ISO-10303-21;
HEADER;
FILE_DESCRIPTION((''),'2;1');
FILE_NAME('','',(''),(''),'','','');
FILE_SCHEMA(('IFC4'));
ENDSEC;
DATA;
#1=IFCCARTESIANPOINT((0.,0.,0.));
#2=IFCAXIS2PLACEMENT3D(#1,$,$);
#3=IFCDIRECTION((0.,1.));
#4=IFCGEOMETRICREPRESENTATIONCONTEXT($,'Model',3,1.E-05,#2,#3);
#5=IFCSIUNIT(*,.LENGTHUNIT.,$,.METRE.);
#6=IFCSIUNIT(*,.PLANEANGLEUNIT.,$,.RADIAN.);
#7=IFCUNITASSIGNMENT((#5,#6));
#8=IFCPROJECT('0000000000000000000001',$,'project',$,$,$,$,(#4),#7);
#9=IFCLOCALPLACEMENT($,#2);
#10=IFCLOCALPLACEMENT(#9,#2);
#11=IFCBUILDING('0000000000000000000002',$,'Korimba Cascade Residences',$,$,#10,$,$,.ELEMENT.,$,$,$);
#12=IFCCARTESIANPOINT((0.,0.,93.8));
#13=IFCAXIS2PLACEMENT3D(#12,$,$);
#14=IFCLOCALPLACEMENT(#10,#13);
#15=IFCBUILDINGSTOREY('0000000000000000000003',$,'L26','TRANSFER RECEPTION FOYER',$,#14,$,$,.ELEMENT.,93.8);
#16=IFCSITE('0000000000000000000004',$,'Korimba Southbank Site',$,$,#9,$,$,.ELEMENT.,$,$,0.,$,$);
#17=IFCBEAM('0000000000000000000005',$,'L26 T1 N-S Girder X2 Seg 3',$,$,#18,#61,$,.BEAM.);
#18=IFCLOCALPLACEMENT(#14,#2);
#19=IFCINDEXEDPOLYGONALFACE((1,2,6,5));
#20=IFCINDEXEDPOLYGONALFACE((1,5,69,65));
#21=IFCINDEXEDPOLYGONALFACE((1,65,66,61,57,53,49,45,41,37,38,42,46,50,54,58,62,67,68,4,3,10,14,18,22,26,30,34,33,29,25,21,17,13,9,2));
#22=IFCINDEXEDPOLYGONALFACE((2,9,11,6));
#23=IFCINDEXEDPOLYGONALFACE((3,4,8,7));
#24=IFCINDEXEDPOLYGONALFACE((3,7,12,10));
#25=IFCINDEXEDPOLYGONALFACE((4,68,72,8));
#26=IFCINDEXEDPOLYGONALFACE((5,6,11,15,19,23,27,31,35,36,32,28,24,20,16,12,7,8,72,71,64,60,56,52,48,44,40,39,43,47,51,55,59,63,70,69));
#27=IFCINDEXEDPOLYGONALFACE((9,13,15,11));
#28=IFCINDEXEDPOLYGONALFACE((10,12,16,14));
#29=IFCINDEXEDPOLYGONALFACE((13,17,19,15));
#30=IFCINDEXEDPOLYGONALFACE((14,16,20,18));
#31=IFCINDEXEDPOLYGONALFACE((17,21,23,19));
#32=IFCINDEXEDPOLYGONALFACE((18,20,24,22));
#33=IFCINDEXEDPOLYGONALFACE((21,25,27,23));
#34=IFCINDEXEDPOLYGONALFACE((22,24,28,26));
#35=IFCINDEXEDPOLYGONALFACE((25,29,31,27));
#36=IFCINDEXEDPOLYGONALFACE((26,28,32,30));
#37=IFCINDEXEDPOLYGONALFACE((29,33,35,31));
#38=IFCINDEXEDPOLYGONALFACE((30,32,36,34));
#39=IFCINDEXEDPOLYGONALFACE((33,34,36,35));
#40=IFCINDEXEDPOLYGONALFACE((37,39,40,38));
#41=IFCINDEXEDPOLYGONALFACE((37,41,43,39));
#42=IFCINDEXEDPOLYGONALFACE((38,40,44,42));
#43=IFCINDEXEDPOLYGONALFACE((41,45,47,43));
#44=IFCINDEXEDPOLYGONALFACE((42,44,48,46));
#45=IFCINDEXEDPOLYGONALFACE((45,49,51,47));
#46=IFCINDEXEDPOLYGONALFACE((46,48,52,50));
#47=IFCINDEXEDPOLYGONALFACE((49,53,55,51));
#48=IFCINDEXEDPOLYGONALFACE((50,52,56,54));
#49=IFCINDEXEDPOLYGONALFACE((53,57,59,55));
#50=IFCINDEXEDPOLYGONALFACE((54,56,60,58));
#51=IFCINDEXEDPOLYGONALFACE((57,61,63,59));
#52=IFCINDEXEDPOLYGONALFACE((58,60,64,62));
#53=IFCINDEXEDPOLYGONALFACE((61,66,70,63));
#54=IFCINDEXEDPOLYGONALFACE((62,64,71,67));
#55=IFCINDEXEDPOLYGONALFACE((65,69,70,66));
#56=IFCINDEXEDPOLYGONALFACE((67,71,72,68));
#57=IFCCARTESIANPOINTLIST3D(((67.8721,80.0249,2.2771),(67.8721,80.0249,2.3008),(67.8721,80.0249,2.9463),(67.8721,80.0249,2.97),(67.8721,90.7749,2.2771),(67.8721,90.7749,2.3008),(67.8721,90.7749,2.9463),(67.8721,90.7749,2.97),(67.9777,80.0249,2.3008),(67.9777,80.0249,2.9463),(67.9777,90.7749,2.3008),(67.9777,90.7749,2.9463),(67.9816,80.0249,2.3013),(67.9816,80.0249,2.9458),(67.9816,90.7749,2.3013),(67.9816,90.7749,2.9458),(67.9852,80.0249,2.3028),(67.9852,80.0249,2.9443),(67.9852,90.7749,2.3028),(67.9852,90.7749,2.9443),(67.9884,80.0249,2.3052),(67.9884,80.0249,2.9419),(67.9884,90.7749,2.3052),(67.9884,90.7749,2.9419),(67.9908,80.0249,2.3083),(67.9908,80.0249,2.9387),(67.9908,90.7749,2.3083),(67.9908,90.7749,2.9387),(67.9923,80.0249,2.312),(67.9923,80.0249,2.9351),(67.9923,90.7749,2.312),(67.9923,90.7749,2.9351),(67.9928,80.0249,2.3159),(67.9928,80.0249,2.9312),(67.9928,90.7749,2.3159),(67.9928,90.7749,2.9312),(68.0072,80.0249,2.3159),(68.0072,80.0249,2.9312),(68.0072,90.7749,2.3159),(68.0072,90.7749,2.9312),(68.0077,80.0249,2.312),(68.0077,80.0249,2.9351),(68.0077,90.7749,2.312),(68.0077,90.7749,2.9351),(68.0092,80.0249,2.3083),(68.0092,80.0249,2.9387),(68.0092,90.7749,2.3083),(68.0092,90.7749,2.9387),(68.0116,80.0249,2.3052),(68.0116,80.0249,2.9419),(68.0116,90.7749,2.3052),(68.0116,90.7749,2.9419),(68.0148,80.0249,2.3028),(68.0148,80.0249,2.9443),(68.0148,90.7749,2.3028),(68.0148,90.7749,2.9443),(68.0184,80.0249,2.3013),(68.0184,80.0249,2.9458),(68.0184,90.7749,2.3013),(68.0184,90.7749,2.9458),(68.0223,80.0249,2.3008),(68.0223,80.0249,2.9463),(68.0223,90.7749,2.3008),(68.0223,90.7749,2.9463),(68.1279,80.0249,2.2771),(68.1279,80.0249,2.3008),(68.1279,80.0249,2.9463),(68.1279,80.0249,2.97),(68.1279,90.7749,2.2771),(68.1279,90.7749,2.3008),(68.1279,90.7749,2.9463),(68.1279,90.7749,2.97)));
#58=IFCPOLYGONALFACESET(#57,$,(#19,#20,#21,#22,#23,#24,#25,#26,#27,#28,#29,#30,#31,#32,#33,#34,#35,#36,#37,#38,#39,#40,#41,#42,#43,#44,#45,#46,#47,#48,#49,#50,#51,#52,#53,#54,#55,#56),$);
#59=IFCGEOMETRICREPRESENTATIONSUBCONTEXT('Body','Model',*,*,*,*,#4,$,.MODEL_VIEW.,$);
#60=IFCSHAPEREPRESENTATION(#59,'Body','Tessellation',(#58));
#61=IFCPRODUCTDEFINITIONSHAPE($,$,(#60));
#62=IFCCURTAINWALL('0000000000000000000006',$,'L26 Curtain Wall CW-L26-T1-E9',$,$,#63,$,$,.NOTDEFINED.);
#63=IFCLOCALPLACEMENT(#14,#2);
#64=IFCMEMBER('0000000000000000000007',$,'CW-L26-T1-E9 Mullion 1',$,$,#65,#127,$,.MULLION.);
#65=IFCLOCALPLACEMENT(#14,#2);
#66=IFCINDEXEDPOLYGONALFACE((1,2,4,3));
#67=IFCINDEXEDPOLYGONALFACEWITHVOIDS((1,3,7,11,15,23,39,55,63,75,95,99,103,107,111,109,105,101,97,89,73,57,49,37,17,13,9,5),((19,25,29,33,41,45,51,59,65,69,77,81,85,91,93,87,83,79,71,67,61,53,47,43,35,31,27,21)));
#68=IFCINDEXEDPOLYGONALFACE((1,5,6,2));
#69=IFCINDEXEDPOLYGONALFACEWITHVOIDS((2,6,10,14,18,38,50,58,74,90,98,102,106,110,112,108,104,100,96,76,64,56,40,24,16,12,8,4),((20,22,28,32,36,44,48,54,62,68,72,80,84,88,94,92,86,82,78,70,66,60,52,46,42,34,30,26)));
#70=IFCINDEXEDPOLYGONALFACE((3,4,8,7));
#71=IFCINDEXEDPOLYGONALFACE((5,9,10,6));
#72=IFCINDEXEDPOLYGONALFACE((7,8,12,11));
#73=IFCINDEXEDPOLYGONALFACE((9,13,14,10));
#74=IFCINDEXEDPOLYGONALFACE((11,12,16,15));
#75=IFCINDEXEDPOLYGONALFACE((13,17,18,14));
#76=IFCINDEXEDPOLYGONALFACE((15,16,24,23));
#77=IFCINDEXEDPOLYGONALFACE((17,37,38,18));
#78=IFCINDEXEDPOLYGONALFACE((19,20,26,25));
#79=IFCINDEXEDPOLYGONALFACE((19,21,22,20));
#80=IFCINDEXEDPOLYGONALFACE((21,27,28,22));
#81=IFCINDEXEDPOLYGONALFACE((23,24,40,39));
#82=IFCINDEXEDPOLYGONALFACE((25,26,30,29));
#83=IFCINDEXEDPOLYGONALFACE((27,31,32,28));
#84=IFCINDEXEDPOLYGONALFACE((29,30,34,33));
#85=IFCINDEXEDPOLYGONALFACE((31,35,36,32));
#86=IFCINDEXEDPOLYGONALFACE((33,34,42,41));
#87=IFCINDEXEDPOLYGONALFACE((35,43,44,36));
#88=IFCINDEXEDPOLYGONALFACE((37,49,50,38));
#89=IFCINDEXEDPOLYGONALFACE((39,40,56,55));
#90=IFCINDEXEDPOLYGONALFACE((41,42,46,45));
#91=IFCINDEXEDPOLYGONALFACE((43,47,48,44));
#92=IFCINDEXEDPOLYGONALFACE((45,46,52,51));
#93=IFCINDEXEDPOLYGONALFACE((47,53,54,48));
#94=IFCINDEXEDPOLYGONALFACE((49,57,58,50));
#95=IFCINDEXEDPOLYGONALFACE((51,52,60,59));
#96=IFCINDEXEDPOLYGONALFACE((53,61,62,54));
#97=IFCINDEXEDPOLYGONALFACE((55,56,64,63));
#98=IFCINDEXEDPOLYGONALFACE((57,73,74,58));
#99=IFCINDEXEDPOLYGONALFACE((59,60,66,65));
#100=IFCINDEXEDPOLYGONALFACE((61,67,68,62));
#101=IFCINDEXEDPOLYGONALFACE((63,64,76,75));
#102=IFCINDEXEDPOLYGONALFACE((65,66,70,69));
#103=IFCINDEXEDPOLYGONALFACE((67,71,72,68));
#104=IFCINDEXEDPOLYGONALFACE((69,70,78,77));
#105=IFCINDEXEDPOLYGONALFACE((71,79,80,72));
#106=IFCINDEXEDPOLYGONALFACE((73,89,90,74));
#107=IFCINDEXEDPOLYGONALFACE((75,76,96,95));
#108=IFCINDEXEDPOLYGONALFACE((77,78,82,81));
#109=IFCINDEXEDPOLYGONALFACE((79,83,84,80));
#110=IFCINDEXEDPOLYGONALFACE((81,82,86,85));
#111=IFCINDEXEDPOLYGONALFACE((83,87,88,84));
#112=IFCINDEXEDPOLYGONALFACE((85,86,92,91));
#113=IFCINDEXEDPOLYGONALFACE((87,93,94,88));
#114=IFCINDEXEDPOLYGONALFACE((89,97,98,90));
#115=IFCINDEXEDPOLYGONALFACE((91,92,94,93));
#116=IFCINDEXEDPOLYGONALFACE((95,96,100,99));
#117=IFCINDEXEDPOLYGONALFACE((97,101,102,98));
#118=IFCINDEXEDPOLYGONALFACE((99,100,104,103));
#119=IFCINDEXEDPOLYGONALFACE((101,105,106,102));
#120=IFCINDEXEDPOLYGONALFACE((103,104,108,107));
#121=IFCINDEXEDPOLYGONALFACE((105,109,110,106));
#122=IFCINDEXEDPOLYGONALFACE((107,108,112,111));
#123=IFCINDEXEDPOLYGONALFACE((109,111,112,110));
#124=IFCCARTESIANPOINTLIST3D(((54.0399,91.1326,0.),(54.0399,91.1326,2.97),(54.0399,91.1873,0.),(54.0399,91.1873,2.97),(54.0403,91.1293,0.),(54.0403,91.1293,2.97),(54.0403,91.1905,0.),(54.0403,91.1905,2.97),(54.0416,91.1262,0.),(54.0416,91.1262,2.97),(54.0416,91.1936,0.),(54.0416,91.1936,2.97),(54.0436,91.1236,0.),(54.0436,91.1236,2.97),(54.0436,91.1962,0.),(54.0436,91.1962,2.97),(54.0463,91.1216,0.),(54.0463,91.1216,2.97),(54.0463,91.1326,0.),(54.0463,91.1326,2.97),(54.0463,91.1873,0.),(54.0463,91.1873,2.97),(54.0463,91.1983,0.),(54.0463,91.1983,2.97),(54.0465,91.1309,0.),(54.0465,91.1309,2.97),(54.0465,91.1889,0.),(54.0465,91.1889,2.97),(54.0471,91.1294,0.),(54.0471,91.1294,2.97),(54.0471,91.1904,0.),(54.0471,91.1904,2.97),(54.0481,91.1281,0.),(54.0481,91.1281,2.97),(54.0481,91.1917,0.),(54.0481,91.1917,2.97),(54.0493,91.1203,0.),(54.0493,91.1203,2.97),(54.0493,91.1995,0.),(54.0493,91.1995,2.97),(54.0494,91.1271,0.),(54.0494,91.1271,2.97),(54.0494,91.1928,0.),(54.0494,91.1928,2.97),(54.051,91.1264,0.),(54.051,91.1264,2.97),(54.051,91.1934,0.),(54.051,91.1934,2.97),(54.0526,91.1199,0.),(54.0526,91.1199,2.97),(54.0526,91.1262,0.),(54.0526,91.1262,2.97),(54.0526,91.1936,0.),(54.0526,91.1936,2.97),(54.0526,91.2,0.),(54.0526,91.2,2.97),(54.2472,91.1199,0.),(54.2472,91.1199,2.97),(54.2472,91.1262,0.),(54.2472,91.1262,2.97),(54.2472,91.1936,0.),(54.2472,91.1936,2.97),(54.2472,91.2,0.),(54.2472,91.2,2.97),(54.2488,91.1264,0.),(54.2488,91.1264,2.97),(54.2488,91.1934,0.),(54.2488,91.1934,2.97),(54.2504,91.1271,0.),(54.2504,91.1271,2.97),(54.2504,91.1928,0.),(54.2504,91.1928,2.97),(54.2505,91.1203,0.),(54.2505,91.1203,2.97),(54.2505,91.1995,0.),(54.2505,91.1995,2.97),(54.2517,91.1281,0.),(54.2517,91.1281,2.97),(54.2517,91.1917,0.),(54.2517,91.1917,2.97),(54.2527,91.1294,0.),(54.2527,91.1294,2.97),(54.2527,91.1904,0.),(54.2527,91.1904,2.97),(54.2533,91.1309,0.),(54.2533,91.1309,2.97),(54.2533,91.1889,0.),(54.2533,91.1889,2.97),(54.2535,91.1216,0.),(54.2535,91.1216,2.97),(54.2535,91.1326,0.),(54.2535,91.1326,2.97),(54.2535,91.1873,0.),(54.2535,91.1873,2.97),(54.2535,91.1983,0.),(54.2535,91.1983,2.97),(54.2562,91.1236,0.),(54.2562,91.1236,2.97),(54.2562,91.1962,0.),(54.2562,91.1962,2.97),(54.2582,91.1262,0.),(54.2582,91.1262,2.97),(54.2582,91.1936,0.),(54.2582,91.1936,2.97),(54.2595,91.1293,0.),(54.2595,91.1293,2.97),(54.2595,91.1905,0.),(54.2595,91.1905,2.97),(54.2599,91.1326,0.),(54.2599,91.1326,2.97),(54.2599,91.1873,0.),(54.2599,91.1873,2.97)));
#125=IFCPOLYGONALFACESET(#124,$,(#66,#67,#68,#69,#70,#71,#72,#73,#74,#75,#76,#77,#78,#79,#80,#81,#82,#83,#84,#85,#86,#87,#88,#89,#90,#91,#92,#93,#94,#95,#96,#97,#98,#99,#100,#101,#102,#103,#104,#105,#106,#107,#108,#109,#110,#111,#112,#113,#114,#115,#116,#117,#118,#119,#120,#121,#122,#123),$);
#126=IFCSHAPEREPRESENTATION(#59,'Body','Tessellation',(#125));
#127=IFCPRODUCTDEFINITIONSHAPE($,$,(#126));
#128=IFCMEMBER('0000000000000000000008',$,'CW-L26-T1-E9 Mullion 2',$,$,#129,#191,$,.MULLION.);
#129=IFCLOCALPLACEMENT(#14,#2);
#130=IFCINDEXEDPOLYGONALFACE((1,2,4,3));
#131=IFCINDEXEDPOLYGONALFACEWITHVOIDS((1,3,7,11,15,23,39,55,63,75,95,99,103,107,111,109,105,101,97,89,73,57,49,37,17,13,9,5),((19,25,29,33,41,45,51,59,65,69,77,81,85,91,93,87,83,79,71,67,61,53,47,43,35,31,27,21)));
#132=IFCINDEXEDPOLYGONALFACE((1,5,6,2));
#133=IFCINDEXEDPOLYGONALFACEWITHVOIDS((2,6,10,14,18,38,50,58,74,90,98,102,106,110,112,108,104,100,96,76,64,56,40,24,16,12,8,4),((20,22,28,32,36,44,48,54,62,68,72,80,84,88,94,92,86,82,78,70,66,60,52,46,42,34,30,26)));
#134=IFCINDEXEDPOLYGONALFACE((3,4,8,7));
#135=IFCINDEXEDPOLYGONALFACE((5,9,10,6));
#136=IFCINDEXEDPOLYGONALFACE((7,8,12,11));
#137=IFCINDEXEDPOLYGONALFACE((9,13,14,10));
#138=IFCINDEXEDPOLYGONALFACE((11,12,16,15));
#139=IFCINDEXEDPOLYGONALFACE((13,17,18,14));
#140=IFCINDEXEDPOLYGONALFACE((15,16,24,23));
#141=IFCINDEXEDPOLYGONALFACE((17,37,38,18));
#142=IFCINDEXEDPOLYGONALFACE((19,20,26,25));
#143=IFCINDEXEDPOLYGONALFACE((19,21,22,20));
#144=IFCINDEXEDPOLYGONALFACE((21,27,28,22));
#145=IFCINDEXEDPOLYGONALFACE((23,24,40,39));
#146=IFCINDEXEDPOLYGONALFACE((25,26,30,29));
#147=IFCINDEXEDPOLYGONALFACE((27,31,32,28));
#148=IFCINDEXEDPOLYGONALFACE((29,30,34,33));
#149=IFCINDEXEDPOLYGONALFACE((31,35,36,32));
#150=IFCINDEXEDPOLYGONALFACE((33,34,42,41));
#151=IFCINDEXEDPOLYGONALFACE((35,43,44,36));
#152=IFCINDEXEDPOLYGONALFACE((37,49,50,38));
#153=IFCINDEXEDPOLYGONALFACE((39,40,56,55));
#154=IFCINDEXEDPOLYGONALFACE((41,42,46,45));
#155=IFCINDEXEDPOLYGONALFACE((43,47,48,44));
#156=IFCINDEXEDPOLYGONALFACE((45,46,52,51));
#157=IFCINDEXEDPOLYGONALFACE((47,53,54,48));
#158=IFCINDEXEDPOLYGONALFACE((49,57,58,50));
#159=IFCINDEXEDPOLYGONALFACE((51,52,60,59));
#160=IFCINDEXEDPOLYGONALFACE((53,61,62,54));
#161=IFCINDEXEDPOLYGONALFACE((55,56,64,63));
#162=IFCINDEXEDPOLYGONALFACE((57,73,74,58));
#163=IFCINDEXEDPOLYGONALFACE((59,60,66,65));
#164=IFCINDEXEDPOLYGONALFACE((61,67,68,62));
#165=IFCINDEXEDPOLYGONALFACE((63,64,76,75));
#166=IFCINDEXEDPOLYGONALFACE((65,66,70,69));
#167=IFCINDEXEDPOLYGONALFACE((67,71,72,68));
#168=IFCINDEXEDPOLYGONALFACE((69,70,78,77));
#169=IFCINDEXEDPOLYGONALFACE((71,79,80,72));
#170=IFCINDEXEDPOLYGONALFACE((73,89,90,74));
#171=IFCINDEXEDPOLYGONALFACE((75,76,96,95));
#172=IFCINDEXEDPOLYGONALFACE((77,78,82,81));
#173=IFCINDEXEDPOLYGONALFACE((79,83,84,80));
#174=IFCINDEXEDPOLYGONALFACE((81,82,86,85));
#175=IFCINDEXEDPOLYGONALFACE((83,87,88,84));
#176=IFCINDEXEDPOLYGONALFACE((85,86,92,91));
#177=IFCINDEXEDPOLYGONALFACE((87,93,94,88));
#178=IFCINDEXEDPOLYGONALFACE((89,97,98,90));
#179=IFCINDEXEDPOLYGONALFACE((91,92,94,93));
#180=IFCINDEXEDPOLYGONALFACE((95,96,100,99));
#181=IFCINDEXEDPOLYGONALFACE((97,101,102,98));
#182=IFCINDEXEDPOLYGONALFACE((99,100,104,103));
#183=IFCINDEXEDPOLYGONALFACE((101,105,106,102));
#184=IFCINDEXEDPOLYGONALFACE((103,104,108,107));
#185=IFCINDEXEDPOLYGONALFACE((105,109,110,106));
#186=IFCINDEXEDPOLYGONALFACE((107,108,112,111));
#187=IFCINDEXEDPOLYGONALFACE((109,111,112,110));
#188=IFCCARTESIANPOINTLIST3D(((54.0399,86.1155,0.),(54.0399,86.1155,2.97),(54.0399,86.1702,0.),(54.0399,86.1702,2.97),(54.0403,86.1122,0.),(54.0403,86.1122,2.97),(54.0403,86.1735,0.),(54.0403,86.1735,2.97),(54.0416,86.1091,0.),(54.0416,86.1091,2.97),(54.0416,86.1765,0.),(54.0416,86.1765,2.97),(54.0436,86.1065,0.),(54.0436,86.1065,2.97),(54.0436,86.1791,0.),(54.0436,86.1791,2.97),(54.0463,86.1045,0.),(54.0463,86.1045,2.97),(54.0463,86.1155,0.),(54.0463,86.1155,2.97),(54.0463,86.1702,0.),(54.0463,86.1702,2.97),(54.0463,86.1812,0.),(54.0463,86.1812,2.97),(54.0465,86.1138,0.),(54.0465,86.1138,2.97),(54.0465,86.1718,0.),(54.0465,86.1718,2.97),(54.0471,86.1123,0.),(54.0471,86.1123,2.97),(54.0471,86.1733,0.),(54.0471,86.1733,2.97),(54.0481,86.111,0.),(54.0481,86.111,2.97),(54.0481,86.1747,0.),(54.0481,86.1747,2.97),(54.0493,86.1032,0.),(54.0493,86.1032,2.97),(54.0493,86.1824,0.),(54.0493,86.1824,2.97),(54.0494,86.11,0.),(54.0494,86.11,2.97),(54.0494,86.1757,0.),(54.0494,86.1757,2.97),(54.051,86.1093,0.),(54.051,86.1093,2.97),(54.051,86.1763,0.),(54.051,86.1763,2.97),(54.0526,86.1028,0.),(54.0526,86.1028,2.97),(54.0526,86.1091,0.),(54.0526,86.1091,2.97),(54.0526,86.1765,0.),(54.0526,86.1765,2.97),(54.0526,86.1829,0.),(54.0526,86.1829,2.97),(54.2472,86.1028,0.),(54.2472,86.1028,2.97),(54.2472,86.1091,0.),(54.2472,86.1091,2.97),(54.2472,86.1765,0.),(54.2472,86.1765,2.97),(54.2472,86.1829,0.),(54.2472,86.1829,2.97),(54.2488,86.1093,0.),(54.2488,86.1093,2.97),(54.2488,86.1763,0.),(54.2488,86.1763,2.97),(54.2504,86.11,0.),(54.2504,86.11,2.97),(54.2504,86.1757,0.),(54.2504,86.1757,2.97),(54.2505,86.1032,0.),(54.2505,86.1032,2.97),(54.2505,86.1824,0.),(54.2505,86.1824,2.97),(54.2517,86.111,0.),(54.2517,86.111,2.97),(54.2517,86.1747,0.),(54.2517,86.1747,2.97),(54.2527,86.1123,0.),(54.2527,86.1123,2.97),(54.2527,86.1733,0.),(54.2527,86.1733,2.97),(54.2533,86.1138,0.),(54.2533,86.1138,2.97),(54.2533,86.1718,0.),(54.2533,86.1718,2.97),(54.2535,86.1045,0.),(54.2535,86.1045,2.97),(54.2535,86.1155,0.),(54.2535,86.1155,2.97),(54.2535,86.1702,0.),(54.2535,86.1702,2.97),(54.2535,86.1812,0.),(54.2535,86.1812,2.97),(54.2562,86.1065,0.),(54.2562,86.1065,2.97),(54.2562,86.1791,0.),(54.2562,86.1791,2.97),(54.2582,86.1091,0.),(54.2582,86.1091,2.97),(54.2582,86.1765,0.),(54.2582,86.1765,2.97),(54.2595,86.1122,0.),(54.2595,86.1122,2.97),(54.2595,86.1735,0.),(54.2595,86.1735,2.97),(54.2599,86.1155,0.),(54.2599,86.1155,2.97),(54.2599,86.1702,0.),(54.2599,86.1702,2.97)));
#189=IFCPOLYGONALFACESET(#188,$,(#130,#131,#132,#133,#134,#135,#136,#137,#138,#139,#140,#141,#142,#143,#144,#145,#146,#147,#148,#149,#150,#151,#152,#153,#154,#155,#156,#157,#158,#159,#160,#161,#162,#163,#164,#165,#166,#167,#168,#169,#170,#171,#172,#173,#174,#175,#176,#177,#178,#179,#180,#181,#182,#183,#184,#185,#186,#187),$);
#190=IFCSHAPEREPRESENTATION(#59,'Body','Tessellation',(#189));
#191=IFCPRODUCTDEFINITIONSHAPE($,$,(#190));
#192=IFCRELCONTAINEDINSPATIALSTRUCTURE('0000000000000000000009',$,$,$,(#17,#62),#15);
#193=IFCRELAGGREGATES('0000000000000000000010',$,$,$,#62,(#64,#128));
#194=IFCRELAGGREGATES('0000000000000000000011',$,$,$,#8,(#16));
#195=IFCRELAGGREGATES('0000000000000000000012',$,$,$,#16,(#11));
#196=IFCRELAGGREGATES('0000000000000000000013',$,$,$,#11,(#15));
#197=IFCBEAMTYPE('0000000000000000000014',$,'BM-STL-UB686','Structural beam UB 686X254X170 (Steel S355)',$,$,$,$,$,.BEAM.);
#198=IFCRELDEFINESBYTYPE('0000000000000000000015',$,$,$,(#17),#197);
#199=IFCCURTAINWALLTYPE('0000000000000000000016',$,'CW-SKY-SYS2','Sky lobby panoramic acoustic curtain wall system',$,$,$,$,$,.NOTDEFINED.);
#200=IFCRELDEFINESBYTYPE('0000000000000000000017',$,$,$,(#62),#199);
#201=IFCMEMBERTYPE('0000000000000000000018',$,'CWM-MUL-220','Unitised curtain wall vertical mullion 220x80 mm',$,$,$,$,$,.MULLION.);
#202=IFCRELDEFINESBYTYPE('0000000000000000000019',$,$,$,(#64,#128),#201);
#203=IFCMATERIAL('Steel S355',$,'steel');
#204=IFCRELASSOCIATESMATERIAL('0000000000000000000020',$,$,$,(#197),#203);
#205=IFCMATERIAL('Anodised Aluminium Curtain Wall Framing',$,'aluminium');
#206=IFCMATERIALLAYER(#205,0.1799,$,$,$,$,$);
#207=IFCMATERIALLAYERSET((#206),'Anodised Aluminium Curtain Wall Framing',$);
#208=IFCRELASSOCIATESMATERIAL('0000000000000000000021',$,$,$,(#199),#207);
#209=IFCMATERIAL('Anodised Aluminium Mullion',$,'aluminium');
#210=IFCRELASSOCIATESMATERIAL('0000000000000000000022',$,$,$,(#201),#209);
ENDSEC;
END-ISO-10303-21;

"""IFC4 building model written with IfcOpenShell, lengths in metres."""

from ifc_helpers import new_model, si_unit, direction, frame, origin, origin_2d, place, context, subcontext, project, spatial, hollow_rectangle, i_section, extrude, material, layer, layer_set, material_profile, profile_set, type_object, element, aggregate, save


model = new_model("IFC4")

# Units and contexts
model_context = context("Model", 3, precision=1e-05, world=origin(), true_north=direction((0.0, 1.0)))
body_context = subcontext(model_context, "Body", "Model", "MODEL_VIEW")
ifc_project = project(units=[si_unit("LENGTHUNIT", "METRE"), si_unit("PLANEANGLEUNIT", "RADIAN")], contexts=[model_context])

# Site, building, storey
site_placement = place(None, origin())
site = spatial("IfcSite", under=ifc_project, at=site_placement, Name="Korimba Southbank Site", CompositionType="ELEMENT", RefElevation=0.0)
building_placement = place(site_placement, origin())
building = spatial("IfcBuilding", under=site, at=building_placement, Name="Korimba Cascade Residences", CompositionType="ELEMENT")
storey_placement = place(building_placement, frame((0.0, 0.0, 93.8)))
storey = spatial("IfcBuildingStorey", under=building, at=storey_placement, Name="L26", Description="TRANSFER RECEPTION FOYER", CompositionType="ELEMENT", Elevation=93.8)

# Beam
ifc_material_1 = material(Name="Steel S355", Category="steel")
ifc_material_profile_1 = material_profile(ifc_material_1, i_section(OverallWidth=0.2559, OverallDepth=0.6929, WebThickness=0.0144, FlangeThickness=0.0237, FilletRadius=0.0151, at=origin_2d()), Name="Steel S355")
ifc_profile_set_1 = profile_set([ifc_material_profile_1], Name="Steel S355")
beam_type_1 = type_object("IfcBeamType", Name="BM-STL-UB686", Description="Structural beam UB 686X254X170 (Steel S355)", PredefinedType="BEAM", material=ifc_profile_set_1)
beam_1_placement = place(storey_placement, frame((68.0, 80.0249, 2.6235), z_axis=(0.0, 1.0, 0.0), x_axis=(-1.0, 0.0, 0.0)))
element("IfcBeam", 1, at=beam_1_placement, inside=storey, type_object=beam_type_1, Name="L26 T1 N-S Girder X2 Seg 3", PredefinedType="BEAM", context=body_context, shape_type="SweptSolid", body=[
    extrude(i_section(OverallWidth=0.2559, OverallDepth=0.6929, WebThickness=0.0144, FlangeThickness=0.0237, FilletRadius=0.0151, at=origin_2d()), origin(), (0.0, 0.0, 1.0), 10.75),
])

# Curtain wall, members
ifc_material_2 = material(Name="Anodised Aluminium Curtain Wall Framing", Category="aluminium")
ifc_layer_1 = layer(ifc_material_2, 0.1799)
ifc_layer_set_1 = layer_set([ifc_layer_1], Name="Anodised Aluminium Curtain Wall Framing")
curtain_wall_type = type_object("IfcCurtainWallType", Name="CW-SKY-SYS2", Description="Sky lobby panoramic acoustic curtain wall system", PredefinedType="NOTDEFINED", material=ifc_layer_set_1)
curtain_wall_placement = place(storey_placement, origin())
curtain_wall = element("IfcCurtainWall", 2, at=curtain_wall_placement, inside=storey, type_object=curtain_wall_type, Name="L26 Curtain Wall CW-L26-T1-E9", PredefinedType="NOTDEFINED")
ifc_material_3 = material(Name="Anodised Aluminium Mullion", Category="aluminium")
ifc_material_profile_2 = material_profile(ifc_material_3, hollow_rectangle(XDim=0.0801, YDim=0.22, WallThickness=0.0063, InnerFilletRadius=0.0063, OuterFilletRadius=0.0127, at=origin_2d()), Name="Anodised Aluminium Mullion")
ifc_profile_set_2 = profile_set([ifc_material_profile_2], Name="Anodised Aluminium Mullion")
member_type_1 = type_object("IfcMemberType", Name="CWM-MUL-220", Description="Unitised curtain wall vertical mullion 220x80 mm", PredefinedType="MULLION", material=ifc_profile_set_2)
member_1_placement = place(storey_placement, frame((54.1499, 91.1599, 0.0), z_axis=(0.0, 0.0, 1.0), x_axis=(0.0, -1.0, 0.0)))
member_1 = element("IfcMember", 3, at=member_1_placement, type_object=member_type_1, Name="CW-L26-T1-E9 Mullion 1", PredefinedType="MULLION", context=body_context, shape_type="SweptSolid", body=[
    extrude(hollow_rectangle(XDim=0.0801, YDim=0.22, WallThickness=0.0063, InnerFilletRadius=0.0063, OuterFilletRadius=0.0127, at=origin_2d()), origin(), (0.0, 0.0, 1.0), 2.97),
])
member_2_placement = place(storey_placement, frame((54.1499, 86.1428, 0.0), z_axis=(0.0, 0.0, 1.0), x_axis=(0.0, -1.0, 0.0)))
member_2 = element("IfcMember", 4, at=member_2_placement, type_object=member_type_1, Name="CW-L26-T1-E9 Mullion 2", PredefinedType="MULLION", context=body_context, shape_type="SweptSolid", body=[
    extrude(hollow_rectangle(XDim=0.0801, YDim=0.22, WallThickness=0.0063, InnerFilletRadius=0.0063, OuterFilletRadius=0.0127, at=origin_2d()), origin(), (0.0, 0.0, 1.0), 2.97),
])
aggregate(curtain_wall, [member_1, member_2])

save(model, "model.ifc")
